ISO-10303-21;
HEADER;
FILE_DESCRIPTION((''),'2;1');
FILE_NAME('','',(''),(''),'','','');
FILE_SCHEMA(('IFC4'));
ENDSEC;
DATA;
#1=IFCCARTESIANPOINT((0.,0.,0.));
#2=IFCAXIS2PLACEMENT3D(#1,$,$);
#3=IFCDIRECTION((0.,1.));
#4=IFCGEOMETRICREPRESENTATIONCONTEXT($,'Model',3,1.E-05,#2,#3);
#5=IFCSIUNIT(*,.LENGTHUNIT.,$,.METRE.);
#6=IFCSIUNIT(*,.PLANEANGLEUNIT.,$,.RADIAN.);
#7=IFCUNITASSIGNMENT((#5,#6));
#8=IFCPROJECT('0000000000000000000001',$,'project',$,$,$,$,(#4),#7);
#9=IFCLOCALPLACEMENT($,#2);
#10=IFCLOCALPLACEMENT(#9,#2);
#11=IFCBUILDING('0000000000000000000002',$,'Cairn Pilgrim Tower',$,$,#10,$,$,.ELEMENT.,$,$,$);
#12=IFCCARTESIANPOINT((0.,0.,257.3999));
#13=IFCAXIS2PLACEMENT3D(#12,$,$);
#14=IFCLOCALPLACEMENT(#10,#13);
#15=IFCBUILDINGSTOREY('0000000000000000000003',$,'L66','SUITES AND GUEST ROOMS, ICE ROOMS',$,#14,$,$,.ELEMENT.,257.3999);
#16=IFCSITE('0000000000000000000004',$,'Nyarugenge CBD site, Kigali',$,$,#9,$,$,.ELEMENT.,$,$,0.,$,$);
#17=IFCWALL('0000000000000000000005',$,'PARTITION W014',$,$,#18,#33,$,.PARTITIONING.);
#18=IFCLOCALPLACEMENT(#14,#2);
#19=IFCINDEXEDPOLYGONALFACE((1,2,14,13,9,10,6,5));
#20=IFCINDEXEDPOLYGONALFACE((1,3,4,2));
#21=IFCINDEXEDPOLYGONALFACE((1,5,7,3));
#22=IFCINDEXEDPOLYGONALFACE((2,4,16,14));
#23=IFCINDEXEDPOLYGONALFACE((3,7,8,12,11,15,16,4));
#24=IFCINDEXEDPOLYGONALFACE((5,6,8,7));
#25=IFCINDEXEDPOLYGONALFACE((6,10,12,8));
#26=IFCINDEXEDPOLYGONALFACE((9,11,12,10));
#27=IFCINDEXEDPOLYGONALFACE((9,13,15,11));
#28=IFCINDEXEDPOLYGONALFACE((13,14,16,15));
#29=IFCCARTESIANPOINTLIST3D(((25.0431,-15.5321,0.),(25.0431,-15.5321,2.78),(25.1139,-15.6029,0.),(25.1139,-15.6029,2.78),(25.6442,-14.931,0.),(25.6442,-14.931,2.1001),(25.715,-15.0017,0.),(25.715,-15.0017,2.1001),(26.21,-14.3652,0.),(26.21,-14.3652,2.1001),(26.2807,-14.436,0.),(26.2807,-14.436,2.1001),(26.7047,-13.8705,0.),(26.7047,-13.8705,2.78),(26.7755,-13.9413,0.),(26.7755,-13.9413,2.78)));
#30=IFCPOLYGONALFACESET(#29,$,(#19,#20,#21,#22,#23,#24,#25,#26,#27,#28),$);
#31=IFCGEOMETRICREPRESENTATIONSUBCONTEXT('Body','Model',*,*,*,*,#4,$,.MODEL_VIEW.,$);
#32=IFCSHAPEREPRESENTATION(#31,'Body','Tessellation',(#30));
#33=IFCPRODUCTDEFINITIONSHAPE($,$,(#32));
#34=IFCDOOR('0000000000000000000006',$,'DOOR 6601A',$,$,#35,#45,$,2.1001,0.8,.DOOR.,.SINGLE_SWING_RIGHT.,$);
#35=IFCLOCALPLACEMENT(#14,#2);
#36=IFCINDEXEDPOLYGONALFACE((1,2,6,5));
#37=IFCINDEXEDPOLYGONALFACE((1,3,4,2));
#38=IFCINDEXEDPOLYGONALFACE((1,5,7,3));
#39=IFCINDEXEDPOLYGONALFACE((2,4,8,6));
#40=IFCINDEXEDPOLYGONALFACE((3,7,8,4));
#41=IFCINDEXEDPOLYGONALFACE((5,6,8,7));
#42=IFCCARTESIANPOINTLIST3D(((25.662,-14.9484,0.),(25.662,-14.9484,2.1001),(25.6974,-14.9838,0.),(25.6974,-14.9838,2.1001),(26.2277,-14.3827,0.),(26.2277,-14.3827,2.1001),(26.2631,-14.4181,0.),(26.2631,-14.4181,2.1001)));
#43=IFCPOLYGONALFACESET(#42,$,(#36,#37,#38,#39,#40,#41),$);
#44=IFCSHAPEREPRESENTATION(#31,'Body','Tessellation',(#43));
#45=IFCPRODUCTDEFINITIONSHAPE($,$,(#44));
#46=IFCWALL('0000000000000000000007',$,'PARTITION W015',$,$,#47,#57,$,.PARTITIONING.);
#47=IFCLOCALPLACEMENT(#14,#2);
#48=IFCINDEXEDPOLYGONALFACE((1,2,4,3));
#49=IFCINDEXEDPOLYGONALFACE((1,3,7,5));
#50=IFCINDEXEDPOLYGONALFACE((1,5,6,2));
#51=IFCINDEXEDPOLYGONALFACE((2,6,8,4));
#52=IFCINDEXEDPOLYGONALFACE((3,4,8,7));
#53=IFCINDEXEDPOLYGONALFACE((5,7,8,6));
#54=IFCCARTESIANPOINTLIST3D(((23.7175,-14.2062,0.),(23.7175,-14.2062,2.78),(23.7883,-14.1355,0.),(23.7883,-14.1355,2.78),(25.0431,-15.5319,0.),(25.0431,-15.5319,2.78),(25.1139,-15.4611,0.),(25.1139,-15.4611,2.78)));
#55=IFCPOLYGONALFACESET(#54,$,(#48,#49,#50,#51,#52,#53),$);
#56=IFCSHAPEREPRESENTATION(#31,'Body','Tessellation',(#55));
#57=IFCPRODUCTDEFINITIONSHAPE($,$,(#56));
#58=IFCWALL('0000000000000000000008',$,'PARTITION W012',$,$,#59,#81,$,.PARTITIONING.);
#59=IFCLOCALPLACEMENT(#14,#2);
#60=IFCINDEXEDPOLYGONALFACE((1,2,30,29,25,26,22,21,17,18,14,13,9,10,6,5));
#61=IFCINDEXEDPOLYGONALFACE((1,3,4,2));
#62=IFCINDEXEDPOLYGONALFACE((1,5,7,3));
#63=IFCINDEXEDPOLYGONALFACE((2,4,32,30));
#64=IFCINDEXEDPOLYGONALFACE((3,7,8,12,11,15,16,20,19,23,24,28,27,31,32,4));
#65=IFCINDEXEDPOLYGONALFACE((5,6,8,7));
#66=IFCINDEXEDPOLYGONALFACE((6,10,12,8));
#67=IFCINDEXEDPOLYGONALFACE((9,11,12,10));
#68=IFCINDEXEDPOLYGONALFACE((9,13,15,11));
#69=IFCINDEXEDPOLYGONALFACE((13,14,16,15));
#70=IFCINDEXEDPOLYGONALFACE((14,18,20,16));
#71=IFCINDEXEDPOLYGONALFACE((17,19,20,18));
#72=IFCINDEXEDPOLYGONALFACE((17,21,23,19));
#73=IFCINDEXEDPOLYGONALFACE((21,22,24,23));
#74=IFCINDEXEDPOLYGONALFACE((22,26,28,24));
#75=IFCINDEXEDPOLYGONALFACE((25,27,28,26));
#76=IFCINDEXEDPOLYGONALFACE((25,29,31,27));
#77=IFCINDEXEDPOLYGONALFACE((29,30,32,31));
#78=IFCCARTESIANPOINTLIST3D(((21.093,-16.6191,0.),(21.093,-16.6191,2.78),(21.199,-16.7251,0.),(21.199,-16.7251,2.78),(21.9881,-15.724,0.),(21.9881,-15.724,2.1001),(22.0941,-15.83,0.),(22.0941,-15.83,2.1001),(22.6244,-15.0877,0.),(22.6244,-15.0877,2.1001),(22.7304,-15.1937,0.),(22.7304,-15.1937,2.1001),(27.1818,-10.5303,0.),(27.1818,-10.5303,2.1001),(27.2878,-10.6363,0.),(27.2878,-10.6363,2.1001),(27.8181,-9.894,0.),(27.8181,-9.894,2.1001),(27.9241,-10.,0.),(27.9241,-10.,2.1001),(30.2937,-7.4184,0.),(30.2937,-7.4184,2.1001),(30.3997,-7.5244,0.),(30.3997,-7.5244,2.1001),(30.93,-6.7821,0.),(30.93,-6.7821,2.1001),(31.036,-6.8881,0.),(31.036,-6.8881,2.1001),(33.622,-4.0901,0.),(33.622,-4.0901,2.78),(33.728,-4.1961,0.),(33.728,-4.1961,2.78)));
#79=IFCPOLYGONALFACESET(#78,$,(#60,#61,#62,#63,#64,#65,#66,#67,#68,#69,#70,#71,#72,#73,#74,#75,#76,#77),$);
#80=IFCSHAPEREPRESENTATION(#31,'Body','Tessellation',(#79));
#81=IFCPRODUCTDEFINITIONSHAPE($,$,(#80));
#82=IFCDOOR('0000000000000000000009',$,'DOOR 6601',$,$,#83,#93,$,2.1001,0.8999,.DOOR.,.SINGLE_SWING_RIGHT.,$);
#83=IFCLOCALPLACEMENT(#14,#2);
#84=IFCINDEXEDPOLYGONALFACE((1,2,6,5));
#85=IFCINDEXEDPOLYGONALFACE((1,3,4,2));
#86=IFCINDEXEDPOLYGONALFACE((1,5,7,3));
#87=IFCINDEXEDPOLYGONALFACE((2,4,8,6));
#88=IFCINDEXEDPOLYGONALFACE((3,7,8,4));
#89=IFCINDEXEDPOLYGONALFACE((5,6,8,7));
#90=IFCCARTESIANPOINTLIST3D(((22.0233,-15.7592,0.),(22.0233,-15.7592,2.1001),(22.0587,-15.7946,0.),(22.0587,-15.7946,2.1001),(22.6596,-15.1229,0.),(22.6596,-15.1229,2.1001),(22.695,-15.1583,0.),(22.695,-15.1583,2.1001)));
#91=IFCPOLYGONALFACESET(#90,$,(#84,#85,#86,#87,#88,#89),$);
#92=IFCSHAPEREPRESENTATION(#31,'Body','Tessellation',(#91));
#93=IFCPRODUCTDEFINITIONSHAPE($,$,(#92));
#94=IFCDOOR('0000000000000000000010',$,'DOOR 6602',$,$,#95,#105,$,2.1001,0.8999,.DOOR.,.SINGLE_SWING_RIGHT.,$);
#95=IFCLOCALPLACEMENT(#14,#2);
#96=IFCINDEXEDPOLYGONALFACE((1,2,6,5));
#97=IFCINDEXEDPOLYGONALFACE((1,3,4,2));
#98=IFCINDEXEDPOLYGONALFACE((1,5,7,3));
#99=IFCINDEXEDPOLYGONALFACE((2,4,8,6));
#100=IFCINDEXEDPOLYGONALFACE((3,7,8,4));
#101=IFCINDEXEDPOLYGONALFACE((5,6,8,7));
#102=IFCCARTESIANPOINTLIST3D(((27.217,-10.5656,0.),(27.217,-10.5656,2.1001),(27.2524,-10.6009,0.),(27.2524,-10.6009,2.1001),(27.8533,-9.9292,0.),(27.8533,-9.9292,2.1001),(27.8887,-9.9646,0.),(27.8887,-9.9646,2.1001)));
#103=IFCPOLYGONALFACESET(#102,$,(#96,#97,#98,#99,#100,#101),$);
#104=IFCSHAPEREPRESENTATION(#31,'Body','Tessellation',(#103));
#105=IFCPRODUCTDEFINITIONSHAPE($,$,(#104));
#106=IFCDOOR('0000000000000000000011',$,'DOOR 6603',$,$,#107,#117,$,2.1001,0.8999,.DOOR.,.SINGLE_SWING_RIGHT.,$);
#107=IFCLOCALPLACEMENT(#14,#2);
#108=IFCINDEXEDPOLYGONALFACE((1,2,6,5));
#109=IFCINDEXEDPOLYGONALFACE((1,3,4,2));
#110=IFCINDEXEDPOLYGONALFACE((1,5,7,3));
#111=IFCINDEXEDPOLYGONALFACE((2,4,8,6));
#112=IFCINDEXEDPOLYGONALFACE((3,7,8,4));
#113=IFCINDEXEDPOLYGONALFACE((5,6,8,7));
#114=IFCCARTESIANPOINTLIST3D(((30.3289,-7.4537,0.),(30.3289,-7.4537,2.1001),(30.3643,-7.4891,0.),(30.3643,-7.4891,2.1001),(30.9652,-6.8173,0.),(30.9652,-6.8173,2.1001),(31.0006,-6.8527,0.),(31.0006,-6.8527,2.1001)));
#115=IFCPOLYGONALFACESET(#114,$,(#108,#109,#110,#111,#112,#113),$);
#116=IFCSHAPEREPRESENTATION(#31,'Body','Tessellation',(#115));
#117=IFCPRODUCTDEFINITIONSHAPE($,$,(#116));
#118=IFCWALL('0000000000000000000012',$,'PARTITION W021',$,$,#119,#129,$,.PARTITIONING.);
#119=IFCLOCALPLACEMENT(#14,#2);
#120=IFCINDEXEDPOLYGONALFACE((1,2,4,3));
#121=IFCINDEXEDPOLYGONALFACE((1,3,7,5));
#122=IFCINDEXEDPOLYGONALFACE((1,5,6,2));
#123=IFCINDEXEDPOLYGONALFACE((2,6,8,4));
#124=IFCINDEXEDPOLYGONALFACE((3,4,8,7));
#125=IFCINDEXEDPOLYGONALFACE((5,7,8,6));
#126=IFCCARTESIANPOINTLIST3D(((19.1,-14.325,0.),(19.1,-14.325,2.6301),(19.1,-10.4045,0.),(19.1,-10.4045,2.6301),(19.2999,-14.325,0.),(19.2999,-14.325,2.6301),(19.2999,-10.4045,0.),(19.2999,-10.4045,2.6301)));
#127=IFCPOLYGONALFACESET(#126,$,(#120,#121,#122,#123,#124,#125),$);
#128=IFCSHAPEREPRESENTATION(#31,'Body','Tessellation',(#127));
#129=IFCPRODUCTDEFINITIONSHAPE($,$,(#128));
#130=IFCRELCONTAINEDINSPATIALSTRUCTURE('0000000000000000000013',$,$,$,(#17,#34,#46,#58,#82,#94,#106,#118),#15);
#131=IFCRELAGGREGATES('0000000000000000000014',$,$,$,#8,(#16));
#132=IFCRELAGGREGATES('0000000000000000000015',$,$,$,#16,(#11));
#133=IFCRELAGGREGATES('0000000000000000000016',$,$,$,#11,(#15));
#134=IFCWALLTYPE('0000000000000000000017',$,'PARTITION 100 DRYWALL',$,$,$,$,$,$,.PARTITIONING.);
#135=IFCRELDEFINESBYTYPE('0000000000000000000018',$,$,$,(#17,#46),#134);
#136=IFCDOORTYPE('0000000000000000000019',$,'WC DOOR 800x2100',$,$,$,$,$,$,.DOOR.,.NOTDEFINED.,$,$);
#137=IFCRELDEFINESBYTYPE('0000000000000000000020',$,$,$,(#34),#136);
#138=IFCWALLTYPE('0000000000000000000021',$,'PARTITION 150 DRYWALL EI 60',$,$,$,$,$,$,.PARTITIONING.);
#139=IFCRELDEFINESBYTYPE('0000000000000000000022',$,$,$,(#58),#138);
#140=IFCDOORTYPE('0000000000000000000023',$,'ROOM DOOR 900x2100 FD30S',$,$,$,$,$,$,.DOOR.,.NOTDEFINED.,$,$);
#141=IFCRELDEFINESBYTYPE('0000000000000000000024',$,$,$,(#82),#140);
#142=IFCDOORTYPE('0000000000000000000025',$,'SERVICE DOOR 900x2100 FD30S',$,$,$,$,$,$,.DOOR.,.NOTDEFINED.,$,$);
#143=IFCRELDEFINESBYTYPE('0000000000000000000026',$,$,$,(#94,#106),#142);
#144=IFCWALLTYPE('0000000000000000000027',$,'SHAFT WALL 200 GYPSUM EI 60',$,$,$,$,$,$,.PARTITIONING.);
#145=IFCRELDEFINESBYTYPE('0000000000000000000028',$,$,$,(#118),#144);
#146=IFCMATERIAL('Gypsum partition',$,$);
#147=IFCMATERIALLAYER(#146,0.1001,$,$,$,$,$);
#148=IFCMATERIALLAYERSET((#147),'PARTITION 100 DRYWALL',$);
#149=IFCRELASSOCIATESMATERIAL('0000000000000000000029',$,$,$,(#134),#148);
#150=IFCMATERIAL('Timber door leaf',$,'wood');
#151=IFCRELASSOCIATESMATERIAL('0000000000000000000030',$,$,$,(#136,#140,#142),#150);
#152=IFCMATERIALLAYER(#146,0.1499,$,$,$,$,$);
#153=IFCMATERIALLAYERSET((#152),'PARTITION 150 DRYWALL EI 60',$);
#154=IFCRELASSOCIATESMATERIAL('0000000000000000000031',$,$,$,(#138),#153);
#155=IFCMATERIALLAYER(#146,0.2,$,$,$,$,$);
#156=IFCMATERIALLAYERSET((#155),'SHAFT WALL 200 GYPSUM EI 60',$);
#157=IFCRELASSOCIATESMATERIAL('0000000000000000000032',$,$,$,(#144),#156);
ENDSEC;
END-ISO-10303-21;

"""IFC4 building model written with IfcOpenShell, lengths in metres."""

from ifc_helpers import new_model, si_unit, direction, frame, frame_2d, origin, place, context, subcontext, project, spatial, rectangle, extrude, material, layer, layer_set, type_object, element, fill, save


model = new_model("IFC4")

# Units and contexts
model_context = context("Model", 3, precision=1e-05, world=origin(), true_north=direction((0.0, 1.0)))
body_context = subcontext(model_context, "Body", "Model", "MODEL_VIEW")
ifc_project = project(units=[si_unit("LENGTHUNIT", "METRE"), si_unit("PLANEANGLEUNIT", "RADIAN")], contexts=[model_context])

# Site, building, storey
site_placement = place(None, origin())
site = spatial("IfcSite", under=ifc_project, at=site_placement, Name="Nyarugenge CBD site, Kigali", CompositionType="ELEMENT", RefElevation=0.0)
building_placement = place(site_placement, origin())
building = spatial("IfcBuilding", under=site, at=building_placement, Name="Cairn Pilgrim Tower", CompositionType="ELEMENT")
storey_placement = place(building_placement, frame((0.0, 0.0, 257.3999)))
storey = spatial("IfcBuildingStorey", under=building, at=storey_placement, Name="L66", Description="SUITES AND GUEST ROOMS, ICE ROOMS", CompositionType="ELEMENT", Elevation=257.3999)

# Shared definitions
ifc_material_1 = material(Name="Gypsum partition")
ifc_layer_1 = layer(ifc_material_1, 0.1001)
ifc_layer_set_1 = layer_set([ifc_layer_1], Name="PARTITION 100 DRYWALL")
wall_type_1 = type_object("IfcWallType", Name="PARTITION 100 DRYWALL", PredefinedType="PARTITIONING", material=ifc_layer_set_1)
ifc_material_2 = material(Name="Timber door leaf", Category="wood")
door_type_1 = type_object("IfcDoorType", Name="WC DOOR 800x2100", OperationType="NOTDEFINED", PredefinedType="DOOR", material=ifc_material_2)

# Wall, opening, door
wall_1_placement = place(storey_placement, frame((25.0786, -15.5674, 0.0), z_axis=(0.0, 0.0, 1.0), x_axis=(0.707107, 0.707107, 0.0)))
wall_1 = element("IfcWall", 1, at=wall_1_placement, inside=storey, type_object=wall_type_1, Name="PARTITION W014", PredefinedType="PARTITIONING", context=body_context, shape_type="SweptSolid", body=[
    extrude(rectangle(XDim=2.3499, YDim=0.1001, at=frame_2d((1.1748, 0.0))), origin(), (0.0, 0.0, 1.0), 2.78),
])
opening_1_placement = place(wall_1_placement, frame((0.8501, 0.0, 0.0)))
opening_1 = element("IfcOpeningElement", 2, at=opening_1_placement, cuts=wall_1, PredefinedType="OPENING", context=body_context, shape_type="SweptSolid", body=[
    extrude(rectangle(XDim=0.8, YDim=2.1001, at=frame_2d((0.3999, 1.05))), frame((0.0, 0.0601, 0.0), z_axis=(0.0, -1.0, 0.0), x_axis=(1.0, 0.0, 0.0)), (0.0, 0.0, 1.0), 0.1201),
])
door_1_placement = place(opening_1_placement, frame((0.8, 0.0, 0.0), z_axis=(0.0, 0.0, 1.0), x_axis=(-1.0, 0.0, 0.0)))
door_1 = element("IfcDoor", 3, at=door_1_placement, inside=storey, type_object=door_type_1, Name="DOOR 6601A", OperationType="SINGLE_SWING_RIGHT", OverallHeight=2.1001, OverallWidth=0.8, PredefinedType="DOOR", context=body_context, shape_type="SweptSolid", body=[
    extrude(rectangle(XDim=0.8, YDim=2.1001, at=frame_2d((0.3999, 1.05))), frame((0.0, 0.0249, 0.0), z_axis=(0.0, -1.0, 0.0), x_axis=(1.0, 0.0, 0.0)), (0.0, 0.0, 1.0), 0.05),
])
fill(opening_1, door_1)

# Wall
wall_2_placement = place(storey_placement, frame((25.0786, -15.4966, 0.0), z_axis=(0.0, 0.0, 1.0), x_axis=(-0.707107, 0.707107, 0.0)))
element("IfcWall", 4, at=wall_2_placement, inside=storey, type_object=wall_type_1, Name="PARTITION W015", PredefinedType="PARTITIONING", context=body_context, shape_type="SweptSolid", body=[
    extrude(rectangle(XDim=1.8748, YDim=0.1001, at=frame_2d((0.9375, 0.0))), origin(), (0.0, 0.0, 1.0), 2.78),
])

# Wall, openings, doors
ifc_layer_2 = layer(ifc_material_1, 0.1499)
ifc_layer_set_2 = layer_set([ifc_layer_2], Name="PARTITION 150 DRYWALL EI 60")
wall_type_2 = type_object("IfcWallType", Name="PARTITION 150 DRYWALL EI 60", PredefinedType="PARTITIONING", material=ifc_layer_set_2)
wall_3_placement = place(storey_placement, frame((21.146, -16.6721, 0.0), z_axis=(0.0, 0.0, 1.0), x_axis=(0.707107, 0.707107, 0.0)))
wall_3 = element("IfcWall", 5, at=wall_3_placement, inside=storey, type_object=wall_type_2, Name="PARTITION W012", PredefinedType="PARTITIONING", context=body_context, shape_type="SweptSolid", body=[
    extrude(rectangle(XDim=17.7188, YDim=0.1499, at=frame_2d((8.8594, 0.0))), origin(), (0.0, 0.0, 1.0), 2.78),
])
opening_2_placement = place(wall_3_placement, frame((1.2659, 0.0, 0.0)))
opening_2 = element("IfcOpeningElement", 6, at=opening_2_placement, cuts=wall_3, PredefinedType="OPENING", context=body_context, shape_type="SweptSolid", body=[
    extrude(rectangle(XDim=0.8999, YDim=2.1001, at=frame_2d((0.45, 1.05))), frame((0.0, 0.085, 0.0), z_axis=(0.0, -1.0, 0.0), x_axis=(1.0, 0.0, 0.0)), (0.0, 0.0, 1.0), 0.1699),
])
opening_3_placement = place(wall_3_placement, frame((8.6108, 0.0, 0.0)))
opening_3 = element("IfcOpeningElement", 7, at=opening_3_placement, cuts=wall_3, PredefinedType="OPENING", context=body_context, shape_type="SweptSolid", body=[
    extrude(rectangle(XDim=0.8999, YDim=2.1001, at=frame_2d((0.45, 1.05))), frame((0.0, 0.085, 0.0), z_axis=(0.0, -1.0, 0.0), x_axis=(1.0, 0.0, 0.0)), (0.0, 0.0, 1.0), 0.1699),
])
opening_4_placement = place(wall_3_placement, frame((13.0117, 0.0, 0.0)))
opening_4 = element("IfcOpeningElement", 8, at=opening_4_placement, cuts=wall_3, PredefinedType="OPENING", context=body_context, shape_type="SweptSolid", body=[
    extrude(rectangle(XDim=0.8999, YDim=2.1001, at=frame_2d((0.45, 1.05))), frame((0.0, 0.085, 0.0), z_axis=(0.0, -1.0, 0.0), x_axis=(1.0, 0.0, 0.0)), (0.0, 0.0, 1.0), 0.1699),
])
door_type_2 = type_object("IfcDoorType", Name="ROOM DOOR 900x2100 FD30S", OperationType="NOTDEFINED", PredefinedType="DOOR", material=ifc_material_2)
door_2_placement = place(opening_2_placement, frame((0.8999, 0.0, 0.0), z_axis=(0.0, 0.0, 1.0), x_axis=(-1.0, 0.0, 0.0)))
door_2 = element("IfcDoor", 9, at=door_2_placement, inside=storey, type_object=door_type_2, Name="DOOR 6601", OperationType="SINGLE_SWING_RIGHT", OverallHeight=2.1001, OverallWidth=0.8999, PredefinedType="DOOR", context=body_context, shape_type="SweptSolid", body=[
    extrude(rectangle(XDim=0.8999, YDim=2.1001, at=frame_2d((0.45, 1.05))), frame((0.0, 0.0249, 0.0), z_axis=(0.0, -1.0, 0.0), x_axis=(1.0, 0.0, 0.0)), (0.0, 0.0, 1.0), 0.05),
])
fill(opening_2, door_2)
door_type_3 = type_object("IfcDoorType", Name="SERVICE DOOR 900x2100 FD30S", OperationType="NOTDEFINED", PredefinedType="DOOR", material=ifc_material_2)
door_3_placement = place(opening_3_placement, frame((0.8999, 0.0, 0.0), z_axis=(0.0, 0.0, 1.0), x_axis=(-1.0, 0.0, 0.0)))
door_3 = element("IfcDoor", 10, at=door_3_placement, inside=storey, type_object=door_type_3, Name="DOOR 6602", OperationType="SINGLE_SWING_RIGHT", OverallHeight=2.1001, OverallWidth=0.8999, PredefinedType="DOOR", context=body_context, shape_type="SweptSolid", body=[
    extrude(rectangle(XDim=0.8999, YDim=2.1001, at=frame_2d((0.45, 1.05))), frame((0.0, 0.0249, 0.0), z_axis=(0.0, -1.0, 0.0), x_axis=(1.0, 0.0, 0.0)), (0.0, 0.0, 1.0), 0.05),
])
fill(opening_3, door_3)
door_4_placement = place(opening_4_placement, frame((0.8999, 0.0, 0.0), z_axis=(0.0, 0.0, 1.0), x_axis=(-1.0, 0.0, 0.0)))
door_4 = element("IfcDoor", 11, at=door_4_placement, inside=storey, type_object=door_type_3, Name="DOOR 6603", OperationType="SINGLE_SWING_RIGHT", OverallHeight=2.1001, OverallWidth=0.8999, PredefinedType="DOOR", context=body_context, shape_type="SweptSolid", body=[
    extrude(rectangle(XDim=0.8999, YDim=2.1001, at=frame_2d((0.45, 1.05))), frame((0.0, 0.0249, 0.0), z_axis=(0.0, -1.0, 0.0), x_axis=(1.0, 0.0, 0.0)), (0.0, 0.0, 1.0), 0.05),
])
fill(opening_4, door_4)

# Wall
ifc_layer_3 = layer(ifc_material_1, 0.2)
ifc_layer_set_3 = layer_set([ifc_layer_3], Name="SHAFT WALL 200 GYPSUM EI 60")
wall_type_3 = type_object("IfcWallType", Name="SHAFT WALL 200 GYPSUM EI 60", PredefinedType="PARTITIONING", material=ifc_layer_set_3)
wall_4_placement = place(storey_placement, frame((19.2, -14.325, 0.0), z_axis=(0.0, 0.0, 1.0), x_axis=(0.0, 1.0, 0.0)))
element("IfcWall", 12, at=wall_4_placement, inside=storey, type_object=wall_type_3, Name="PARTITION W021", PredefinedType="PARTITIONING", context=body_context, shape_type="SweptSolid", body=[
    extrude(rectangle(XDim=3.9204, YDim=0.2, at=frame_2d((1.9602, 0.0))), origin(), (0.0, 0.0, 1.0), 2.6301),
])

save(model, "model.ifc")
